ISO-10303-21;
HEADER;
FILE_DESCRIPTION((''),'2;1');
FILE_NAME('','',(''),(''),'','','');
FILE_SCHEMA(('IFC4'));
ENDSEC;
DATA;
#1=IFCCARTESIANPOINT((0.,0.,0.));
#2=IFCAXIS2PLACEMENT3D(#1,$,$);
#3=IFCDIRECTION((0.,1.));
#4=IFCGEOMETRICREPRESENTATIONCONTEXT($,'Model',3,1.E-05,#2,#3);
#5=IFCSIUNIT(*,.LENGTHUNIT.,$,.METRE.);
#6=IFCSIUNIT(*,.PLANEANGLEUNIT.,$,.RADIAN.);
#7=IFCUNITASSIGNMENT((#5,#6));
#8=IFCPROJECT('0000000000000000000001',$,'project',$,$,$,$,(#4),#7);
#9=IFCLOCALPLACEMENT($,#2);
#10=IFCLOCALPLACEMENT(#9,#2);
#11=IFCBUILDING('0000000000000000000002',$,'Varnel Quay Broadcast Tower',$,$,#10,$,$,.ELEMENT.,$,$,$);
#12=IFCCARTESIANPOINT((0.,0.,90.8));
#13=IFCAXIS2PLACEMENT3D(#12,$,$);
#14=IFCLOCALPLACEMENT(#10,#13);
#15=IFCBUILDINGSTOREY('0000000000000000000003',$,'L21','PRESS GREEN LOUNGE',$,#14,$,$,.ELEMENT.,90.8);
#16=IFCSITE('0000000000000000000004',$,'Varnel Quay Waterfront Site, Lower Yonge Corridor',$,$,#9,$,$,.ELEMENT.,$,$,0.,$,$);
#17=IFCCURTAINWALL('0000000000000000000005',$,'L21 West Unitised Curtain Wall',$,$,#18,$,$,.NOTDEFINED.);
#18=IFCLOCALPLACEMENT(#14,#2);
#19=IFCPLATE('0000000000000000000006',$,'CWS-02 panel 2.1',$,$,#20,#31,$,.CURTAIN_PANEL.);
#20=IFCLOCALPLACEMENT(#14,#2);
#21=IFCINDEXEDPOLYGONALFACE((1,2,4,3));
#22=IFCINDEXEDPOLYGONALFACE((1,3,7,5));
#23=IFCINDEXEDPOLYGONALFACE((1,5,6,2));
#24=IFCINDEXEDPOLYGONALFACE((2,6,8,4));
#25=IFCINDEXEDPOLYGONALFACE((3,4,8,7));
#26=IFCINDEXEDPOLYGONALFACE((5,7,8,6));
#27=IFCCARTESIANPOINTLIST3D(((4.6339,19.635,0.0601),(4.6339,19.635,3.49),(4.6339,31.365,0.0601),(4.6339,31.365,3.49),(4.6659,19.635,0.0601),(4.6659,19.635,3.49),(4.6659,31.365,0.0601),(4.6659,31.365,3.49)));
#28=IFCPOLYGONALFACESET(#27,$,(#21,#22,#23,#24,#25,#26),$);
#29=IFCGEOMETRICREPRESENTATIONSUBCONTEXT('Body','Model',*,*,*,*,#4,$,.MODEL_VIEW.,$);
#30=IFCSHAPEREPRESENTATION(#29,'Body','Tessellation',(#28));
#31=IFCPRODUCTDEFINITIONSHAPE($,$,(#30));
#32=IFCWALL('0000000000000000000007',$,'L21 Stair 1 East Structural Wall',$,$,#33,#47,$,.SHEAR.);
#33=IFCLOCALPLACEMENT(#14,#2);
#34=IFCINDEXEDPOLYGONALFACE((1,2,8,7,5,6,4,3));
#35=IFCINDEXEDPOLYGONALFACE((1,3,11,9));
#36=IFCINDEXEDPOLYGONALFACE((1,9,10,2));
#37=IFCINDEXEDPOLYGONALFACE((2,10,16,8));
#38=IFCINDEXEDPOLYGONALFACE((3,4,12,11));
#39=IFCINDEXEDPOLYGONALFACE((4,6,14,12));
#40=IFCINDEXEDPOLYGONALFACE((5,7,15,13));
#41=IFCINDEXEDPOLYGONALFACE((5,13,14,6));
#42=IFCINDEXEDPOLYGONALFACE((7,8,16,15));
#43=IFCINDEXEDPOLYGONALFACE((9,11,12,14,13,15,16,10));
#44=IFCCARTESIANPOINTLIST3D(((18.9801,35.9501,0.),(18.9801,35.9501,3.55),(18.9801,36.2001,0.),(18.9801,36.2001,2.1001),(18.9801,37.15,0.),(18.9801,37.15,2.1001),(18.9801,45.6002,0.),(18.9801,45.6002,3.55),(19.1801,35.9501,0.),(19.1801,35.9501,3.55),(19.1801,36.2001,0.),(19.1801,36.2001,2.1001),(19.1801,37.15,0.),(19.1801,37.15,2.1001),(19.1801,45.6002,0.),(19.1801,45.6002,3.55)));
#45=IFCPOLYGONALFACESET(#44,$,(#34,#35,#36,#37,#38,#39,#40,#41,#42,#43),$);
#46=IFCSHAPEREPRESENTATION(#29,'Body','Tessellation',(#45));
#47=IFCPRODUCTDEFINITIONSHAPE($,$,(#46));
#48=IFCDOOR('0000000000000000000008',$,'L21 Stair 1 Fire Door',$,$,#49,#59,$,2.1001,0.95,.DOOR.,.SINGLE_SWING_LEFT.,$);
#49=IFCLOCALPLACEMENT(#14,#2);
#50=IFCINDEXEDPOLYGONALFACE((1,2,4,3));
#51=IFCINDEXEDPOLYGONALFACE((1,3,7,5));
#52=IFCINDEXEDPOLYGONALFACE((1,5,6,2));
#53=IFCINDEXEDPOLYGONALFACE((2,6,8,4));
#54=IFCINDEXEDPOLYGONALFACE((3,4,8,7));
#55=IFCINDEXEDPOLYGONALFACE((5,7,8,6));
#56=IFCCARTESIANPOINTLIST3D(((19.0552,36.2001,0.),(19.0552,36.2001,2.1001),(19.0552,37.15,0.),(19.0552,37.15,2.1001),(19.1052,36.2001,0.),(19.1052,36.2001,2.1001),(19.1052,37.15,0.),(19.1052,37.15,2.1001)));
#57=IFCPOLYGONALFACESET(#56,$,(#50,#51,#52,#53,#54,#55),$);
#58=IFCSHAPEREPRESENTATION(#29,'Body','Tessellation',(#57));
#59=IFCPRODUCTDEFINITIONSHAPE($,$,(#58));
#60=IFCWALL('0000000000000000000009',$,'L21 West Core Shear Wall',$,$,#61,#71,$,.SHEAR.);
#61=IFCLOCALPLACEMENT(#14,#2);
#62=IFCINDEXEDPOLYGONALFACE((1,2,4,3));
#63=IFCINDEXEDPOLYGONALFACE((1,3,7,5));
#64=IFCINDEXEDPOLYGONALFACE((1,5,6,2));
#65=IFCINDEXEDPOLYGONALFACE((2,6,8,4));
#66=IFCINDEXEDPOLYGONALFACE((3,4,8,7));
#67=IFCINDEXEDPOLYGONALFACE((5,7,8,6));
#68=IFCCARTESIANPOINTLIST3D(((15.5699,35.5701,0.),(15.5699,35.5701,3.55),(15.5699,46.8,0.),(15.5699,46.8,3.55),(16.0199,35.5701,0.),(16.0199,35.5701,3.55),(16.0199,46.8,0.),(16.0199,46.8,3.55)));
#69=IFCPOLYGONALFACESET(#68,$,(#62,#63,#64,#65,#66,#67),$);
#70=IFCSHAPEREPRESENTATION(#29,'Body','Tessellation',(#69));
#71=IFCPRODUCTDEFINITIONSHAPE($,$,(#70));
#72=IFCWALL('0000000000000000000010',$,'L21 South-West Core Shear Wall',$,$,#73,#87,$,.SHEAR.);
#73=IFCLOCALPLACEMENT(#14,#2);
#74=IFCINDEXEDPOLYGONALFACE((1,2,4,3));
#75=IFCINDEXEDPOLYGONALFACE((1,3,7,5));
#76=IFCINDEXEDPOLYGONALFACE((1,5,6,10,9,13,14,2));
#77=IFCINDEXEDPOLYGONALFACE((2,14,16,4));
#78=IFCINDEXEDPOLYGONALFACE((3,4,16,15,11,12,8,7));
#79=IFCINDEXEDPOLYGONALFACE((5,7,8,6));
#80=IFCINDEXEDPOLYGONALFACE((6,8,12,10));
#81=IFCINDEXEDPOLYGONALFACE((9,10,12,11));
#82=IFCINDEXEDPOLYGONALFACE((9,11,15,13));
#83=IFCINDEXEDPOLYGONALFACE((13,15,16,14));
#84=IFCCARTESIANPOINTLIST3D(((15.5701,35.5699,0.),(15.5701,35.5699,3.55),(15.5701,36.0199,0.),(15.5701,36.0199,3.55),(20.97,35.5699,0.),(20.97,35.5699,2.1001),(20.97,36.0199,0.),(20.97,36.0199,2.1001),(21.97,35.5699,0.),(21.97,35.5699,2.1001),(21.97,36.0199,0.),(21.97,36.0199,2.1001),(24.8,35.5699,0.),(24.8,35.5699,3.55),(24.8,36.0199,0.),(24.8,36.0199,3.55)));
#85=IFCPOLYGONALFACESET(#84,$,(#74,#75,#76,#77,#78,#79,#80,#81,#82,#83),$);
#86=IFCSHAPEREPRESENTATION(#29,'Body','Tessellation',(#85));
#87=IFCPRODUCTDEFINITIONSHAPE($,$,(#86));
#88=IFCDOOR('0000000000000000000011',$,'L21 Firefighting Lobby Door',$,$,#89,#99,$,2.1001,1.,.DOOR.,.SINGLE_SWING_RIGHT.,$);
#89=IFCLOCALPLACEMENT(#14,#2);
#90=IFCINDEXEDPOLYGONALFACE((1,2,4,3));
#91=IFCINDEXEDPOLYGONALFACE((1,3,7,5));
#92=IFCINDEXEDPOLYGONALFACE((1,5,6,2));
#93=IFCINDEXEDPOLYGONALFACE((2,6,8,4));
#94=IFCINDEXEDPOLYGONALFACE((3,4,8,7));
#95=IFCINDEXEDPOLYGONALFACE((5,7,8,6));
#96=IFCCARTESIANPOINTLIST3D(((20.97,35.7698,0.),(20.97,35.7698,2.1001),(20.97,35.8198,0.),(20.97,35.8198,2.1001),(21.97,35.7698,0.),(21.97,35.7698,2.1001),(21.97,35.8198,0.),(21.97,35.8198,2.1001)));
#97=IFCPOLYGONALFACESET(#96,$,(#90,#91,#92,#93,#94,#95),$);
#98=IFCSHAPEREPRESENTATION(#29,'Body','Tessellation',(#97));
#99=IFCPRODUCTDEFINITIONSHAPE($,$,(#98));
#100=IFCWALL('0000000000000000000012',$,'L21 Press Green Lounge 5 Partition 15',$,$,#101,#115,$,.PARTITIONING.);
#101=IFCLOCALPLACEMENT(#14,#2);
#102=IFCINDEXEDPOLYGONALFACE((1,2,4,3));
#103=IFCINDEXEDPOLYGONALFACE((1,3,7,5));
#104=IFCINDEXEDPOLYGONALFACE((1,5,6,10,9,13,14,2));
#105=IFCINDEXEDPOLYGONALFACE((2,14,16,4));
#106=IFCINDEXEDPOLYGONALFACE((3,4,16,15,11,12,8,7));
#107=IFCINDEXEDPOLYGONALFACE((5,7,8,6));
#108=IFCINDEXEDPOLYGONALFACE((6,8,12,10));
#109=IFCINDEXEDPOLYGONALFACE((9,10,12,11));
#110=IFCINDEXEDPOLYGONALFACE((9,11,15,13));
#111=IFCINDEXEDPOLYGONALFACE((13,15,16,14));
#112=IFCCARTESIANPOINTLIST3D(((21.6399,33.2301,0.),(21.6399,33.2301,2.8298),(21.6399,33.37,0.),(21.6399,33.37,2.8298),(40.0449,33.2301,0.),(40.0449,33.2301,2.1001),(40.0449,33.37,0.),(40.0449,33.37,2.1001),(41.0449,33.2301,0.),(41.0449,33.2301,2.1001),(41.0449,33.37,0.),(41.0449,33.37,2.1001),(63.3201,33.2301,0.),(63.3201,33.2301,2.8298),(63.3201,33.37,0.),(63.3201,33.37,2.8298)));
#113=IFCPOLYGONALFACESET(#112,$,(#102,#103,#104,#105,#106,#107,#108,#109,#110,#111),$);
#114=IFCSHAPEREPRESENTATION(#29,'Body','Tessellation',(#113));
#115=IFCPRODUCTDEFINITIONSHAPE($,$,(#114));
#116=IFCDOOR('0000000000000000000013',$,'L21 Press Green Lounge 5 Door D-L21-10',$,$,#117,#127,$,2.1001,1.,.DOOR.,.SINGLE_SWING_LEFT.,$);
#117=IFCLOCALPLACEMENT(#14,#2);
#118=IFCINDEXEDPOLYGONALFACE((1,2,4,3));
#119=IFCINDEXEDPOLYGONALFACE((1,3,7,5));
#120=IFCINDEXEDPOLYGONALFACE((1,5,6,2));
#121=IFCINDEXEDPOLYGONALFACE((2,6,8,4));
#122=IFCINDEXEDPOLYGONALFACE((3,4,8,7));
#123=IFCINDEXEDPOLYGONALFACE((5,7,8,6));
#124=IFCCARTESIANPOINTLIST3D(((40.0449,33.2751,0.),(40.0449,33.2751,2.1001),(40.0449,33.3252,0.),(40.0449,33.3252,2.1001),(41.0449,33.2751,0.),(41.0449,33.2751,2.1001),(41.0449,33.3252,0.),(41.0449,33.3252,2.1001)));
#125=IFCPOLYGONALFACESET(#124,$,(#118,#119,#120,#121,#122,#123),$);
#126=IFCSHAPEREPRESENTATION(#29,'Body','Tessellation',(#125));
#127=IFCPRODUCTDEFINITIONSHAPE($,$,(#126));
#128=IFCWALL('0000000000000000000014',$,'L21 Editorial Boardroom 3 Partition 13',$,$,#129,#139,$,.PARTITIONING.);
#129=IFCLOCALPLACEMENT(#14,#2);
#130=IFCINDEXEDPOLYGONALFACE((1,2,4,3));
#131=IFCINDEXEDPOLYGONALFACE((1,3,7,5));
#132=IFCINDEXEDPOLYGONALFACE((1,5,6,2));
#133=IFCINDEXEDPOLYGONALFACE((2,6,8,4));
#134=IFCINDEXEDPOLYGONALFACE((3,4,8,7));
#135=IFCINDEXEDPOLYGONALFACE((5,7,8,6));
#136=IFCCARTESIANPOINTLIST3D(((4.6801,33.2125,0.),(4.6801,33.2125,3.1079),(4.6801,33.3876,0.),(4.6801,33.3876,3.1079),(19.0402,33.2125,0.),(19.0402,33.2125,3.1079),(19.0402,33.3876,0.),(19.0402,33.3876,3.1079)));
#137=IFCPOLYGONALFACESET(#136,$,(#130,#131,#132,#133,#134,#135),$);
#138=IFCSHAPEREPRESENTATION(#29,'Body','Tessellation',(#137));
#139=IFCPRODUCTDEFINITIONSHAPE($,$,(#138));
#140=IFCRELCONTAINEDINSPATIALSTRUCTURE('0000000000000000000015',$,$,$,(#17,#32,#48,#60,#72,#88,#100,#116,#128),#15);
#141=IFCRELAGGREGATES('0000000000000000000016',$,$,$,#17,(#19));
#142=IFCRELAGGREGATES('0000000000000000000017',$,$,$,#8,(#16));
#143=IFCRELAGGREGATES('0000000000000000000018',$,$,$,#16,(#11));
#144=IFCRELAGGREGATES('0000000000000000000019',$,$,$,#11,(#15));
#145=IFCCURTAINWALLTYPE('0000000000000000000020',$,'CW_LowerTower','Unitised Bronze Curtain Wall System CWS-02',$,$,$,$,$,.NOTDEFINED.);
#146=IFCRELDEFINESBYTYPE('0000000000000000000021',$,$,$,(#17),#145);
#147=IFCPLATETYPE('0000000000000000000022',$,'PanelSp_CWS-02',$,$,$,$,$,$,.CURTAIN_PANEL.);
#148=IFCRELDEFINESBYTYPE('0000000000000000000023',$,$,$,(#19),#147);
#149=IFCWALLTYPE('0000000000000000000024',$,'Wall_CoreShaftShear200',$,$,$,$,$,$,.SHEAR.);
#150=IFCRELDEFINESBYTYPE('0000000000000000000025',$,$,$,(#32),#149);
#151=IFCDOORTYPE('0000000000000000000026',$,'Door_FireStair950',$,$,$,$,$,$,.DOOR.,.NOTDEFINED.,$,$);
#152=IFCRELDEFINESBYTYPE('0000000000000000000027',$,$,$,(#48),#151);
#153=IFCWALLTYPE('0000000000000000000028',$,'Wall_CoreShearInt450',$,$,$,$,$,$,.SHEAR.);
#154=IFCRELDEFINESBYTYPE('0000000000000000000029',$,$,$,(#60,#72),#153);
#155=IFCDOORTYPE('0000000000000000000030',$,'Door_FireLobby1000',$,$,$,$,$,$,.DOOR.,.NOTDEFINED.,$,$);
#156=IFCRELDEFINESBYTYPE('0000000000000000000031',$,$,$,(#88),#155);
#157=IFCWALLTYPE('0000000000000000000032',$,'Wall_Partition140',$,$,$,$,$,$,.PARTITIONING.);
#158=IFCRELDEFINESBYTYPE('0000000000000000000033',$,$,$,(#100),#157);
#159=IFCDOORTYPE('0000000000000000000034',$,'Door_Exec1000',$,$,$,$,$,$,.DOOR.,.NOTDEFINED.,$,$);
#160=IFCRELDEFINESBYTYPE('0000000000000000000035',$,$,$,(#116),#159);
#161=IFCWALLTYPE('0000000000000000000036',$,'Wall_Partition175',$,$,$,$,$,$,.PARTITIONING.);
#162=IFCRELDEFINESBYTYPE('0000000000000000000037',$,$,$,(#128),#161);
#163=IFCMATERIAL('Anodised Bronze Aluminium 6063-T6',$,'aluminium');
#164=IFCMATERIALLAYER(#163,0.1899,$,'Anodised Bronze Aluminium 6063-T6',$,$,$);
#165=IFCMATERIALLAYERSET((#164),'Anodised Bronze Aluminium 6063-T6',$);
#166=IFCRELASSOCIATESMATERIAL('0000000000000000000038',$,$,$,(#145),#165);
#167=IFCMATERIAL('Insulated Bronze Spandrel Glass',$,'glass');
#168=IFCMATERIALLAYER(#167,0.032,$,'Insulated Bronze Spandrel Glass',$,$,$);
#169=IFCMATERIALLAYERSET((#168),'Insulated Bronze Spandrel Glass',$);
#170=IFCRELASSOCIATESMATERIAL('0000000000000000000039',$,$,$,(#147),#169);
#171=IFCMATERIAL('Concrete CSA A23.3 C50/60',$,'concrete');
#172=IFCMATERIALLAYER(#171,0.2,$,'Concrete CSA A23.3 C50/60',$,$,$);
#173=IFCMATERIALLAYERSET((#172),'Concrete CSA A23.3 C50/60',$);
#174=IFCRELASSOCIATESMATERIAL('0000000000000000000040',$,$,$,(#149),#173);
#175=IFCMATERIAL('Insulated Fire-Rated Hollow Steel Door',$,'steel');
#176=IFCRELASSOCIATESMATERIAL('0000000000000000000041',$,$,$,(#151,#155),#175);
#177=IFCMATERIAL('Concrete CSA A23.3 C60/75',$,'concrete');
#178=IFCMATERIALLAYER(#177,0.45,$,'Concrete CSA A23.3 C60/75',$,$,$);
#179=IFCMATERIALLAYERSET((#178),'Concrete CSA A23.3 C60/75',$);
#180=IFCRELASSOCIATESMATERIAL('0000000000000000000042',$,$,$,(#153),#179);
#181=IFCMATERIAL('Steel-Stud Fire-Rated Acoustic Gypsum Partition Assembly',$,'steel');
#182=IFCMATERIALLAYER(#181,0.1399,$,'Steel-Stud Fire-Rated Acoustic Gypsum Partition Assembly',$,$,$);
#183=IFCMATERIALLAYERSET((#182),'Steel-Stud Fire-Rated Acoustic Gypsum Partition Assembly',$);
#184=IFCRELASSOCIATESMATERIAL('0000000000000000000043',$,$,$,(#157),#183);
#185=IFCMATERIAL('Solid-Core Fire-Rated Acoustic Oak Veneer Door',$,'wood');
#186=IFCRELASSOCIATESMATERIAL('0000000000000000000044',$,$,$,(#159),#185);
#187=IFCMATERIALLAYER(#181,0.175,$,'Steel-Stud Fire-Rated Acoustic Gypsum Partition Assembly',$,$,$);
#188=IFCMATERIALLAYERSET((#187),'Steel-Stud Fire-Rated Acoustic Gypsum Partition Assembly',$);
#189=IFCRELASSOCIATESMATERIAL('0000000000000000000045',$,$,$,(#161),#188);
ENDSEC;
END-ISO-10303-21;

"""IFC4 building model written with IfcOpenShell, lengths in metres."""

from ifc_helpers import new_model, si_unit, direction, frame, frame_2d, origin, origin_2d, place, context, subcontext, project, spatial, rectangle, extrude, source, transform, mapped, material, layer, layer_set, type_object, type_shapes, element, fill, aggregate, save


model = new_model("IFC4")

# Units and contexts
model_context = context("Model", 3, precision=1e-05, world=origin(), true_north=direction((0.0, 1.0)))
body_context = subcontext(model_context, "Body", "Model", "MODEL_VIEW")
ifc_project = project(units=[si_unit("LENGTHUNIT", "METRE"), si_unit("PLANEANGLEUNIT", "RADIAN")], contexts=[model_context])

# Site, building, storey
site_placement = place(None, origin())
site = spatial("IfcSite", under=ifc_project, at=site_placement, Name="Varnel Quay Waterfront Site, Lower Yonge Corridor", CompositionType="ELEMENT", RefElevation=0.0)
building_placement = place(site_placement, origin())
building = spatial("IfcBuilding", under=site, at=building_placement, Name="Varnel Quay Broadcast Tower", CompositionType="ELEMENT")
storey_placement = place(building_placement, frame((0.0, 0.0, 90.8)))
storey = spatial("IfcBuildingStorey", under=building, at=storey_placement, Name="L21", Description="PRESS GREEN LOUNGE", CompositionType="ELEMENT", Elevation=90.8)

# Shared definitions
ifc_material_1 = material(Name="Concrete CSA A23.3 C50/60", Category="concrete")

# Shared definitions
ifc_material_2 = material(Name="Concrete CSA A23.3 C60/75", Category="concrete")

# Curtain wall
ifc_material_3 = material(Name="Anodised Bronze Aluminium 6063-T6", Category="aluminium")
ifc_layer_1 = layer(ifc_material_3, 0.1899, Name="Anodised Bronze Aluminium 6063-T6")
ifc_layer_set_1 = layer_set([ifc_layer_1], Name="Anodised Bronze Aluminium 6063-T6")
curtain_wall_type = type_object("IfcCurtainWallType", Name="CW_LowerTower", Description="Unitised Bronze Curtain Wall System CWS-02", PredefinedType="NOTDEFINED", material=ifc_layer_set_1)
curtain_wall_placement = place(storey_placement, origin())
curtain_wall = element("IfcCurtainWall", 1, at=curtain_wall_placement, inside=storey, type_object=curtain_wall_type, Name="L21 West Unitised Curtain Wall", PredefinedType="NOTDEFINED")

# Plate
ifc_material_4 = material(Name="Insulated Bronze Spandrel Glass", Category="glass")
ifc_layer_2 = layer(ifc_material_4, 0.032, Name="Insulated Bronze Spandrel Glass")
ifc_layer_set_2 = layer_set([ifc_layer_2], Name="Insulated Bronze Spandrel Glass")
plate_type_1 = type_object("IfcPlateType", Name="PanelSp_CWS-02", PredefinedType="CURTAIN_PANEL", material=ifc_layer_set_2)
shared_shape_1 = source(origin(), body_context, "Body", "SweptSolid", [
    extrude(rectangle(XDim=11.73, YDim=0.032, at=origin_2d()), origin(), (0.0, 0.0, 1.0), 3.4299),
])
type_shapes(plate_type_1, [shared_shape_1])
plate_placement = place(storey_placement, frame((4.6499, 25.5, 0.0601), z_axis=(0.0, 0.0, 1.0), x_axis=(0.0, 1.0, 0.0)))
plate = element("IfcPlate", 2, at=plate_placement, type_object=plate_type_1, Name="CWS-02 panel 2.1", PredefinedType="CURTAIN_PANEL", context=body_context, shape_type="MappedRepresentation", body=[
    mapped(shared_shape_1, transform((0.0, 0.0, 0.0), x_axis=(1.0, 0.0, 0.0), y_axis=(0.0, 1.0, 0.0), z_axis=(0.0, 0.0, 1.0), scale=1.0)),
])
aggregate(curtain_wall, [plate])

# Wall, opening, door
ifc_layer_3 = layer(ifc_material_1, 0.2, Name="Concrete CSA A23.3 C50/60")
ifc_layer_set_3 = layer_set([ifc_layer_3], Name="Concrete CSA A23.3 C50/60")
wall_type_1 = type_object("IfcWallType", Name="Wall_CoreShaftShear200", PredefinedType="SHEAR", material=ifc_layer_set_3)
wall_1_placement = place(storey_placement, frame((19.0801, 35.95, 0.0), z_axis=(0.0, 0.0, 1.0), x_axis=(0.0, 1.0, 0.0)))
wall_1 = element("IfcWall", 3, at=wall_1_placement, inside=storey, type_object=wall_type_1, Name="L21 Stair 1 East Structural Wall", PredefinedType="SHEAR", context=body_context, shape_type="SweptSolid", body=[
    extrude(rectangle(XDim=9.6501, YDim=0.2, at=frame_2d((4.8252, 0.0))), origin(), (0.0, 0.0, 1.0), 3.55),
])
opening_1_placement = place(wall_1_placement, frame((0.25, 0.0, 0.0)))
opening_1 = element("IfcOpeningElement", 4, at=opening_1_placement, cuts=wall_1, PredefinedType="OPENING", context=body_context, shape_type="SweptSolid", body=[
    extrude(rectangle(XDim=0.95, YDim=2.1001, at=frame_2d((0.4751, 1.05))), frame((0.0, 0.1099, 0.0), z_axis=(0.0, -1.0, 0.0), x_axis=(1.0, 0.0, 0.0)), (0.0, 0.0, 1.0), 0.22),
])
ifc_material_5 = material(Name="Insulated Fire-Rated Hollow Steel Door", Category="steel")
door_type_1 = type_object("IfcDoorType", Name="Door_FireStair950", OperationType="NOTDEFINED", PredefinedType="DOOR", material=ifc_material_5)
shared_shape_2 = source(origin(), body_context, "Body", "SweptSolid", [
    extrude(rectangle(XDim=0.95, YDim=2.1001, at=frame_2d((0.4751, 1.05))), frame((0.0, 0.0249, 0.0), z_axis=(0.0, -1.0, 0.0), x_axis=(1.0, 0.0, 0.0)), (0.0, 0.0, 1.0), 0.05),
])
type_shapes(door_type_1, [shared_shape_2])
door_1_placement = place(opening_1_placement, origin())
door_1 = element("IfcDoor", 5, at=door_1_placement, inside=storey, type_object=door_type_1, Name="L21 Stair 1 Fire Door", OperationType="SINGLE_SWING_LEFT", OverallHeight=2.1001, OverallWidth=0.95, PredefinedType="DOOR", context=body_context, shape_type="MappedRepresentation", body=[
    mapped(shared_shape_2, transform((0.0, 0.0, 0.0), x_axis=(1.0, 0.0, 0.0), y_axis=(0.0, 1.0, 0.0), z_axis=(0.0, 0.0, 1.0), scale=1.0)),
])
fill(opening_1, door_1)

# Wall
ifc_layer_4 = layer(ifc_material_2, 0.45, Name="Concrete CSA A23.3 C60/75")
ifc_layer_set_4 = layer_set([ifc_layer_4], Name="Concrete CSA A23.3 C60/75")
wall_type_2 = type_object("IfcWallType", Name="Wall_CoreShearInt450", PredefinedType="SHEAR", material=ifc_layer_set_4)
wall_2_placement = place(storey_placement, frame((15.7949, 35.5701, 0.0), z_axis=(0.0, 0.0, 1.0), x_axis=(0.0, 1.0, 0.0)))
element("IfcWall", 6, at=wall_2_placement, inside=storey, type_object=wall_type_2, Name="L21 West Core Shear Wall", PredefinedType="SHEAR", context=body_context, shape_type="SweptSolid", body=[
    extrude(rectangle(XDim=11.23, YDim=0.45, at=frame_2d((5.615, 0.0))), origin(), (0.0, 0.0, 1.0), 3.55),
])

# Walls, openings, doors
wall_3_placement = place(storey_placement, frame((15.5701, 35.7949, 0.0), z_axis=(0.0, 0.0, 1.0), x_axis=(1.0, 0.0, 0.0)))
wall_3 = element("IfcWall", 7, at=wall_3_placement, inside=storey, type_object=wall_type_2, Name="L21 South-West Core Shear Wall", PredefinedType="SHEAR", context=body_context, shape_type="SweptSolid", body=[
    extrude(rectangle(XDim=9.23, YDim=0.45, at=frame_2d((4.615, 0.0))), origin(), (0.0, 0.0, 1.0), 3.55),
])
opening_2_placement = place(wall_3_placement, frame((5.3999, 0.0, 0.0)))
opening_2 = element("IfcOpeningElement", 8, at=opening_2_placement, cuts=wall_3, PredefinedType="OPENING", context=body_context, shape_type="SweptSolid", body=[
    extrude(rectangle(XDim=1.0, YDim=2.1001, at=frame_2d((0.5, 1.05))), frame((0.0, 0.2349, 0.0), z_axis=(0.0, -1.0, 0.0), x_axis=(1.0, 0.0, 0.0)), (0.0, 0.0, 1.0), 0.47),
])
door_type_2 = type_object("IfcDoorType", Name="Door_FireLobby1000", OperationType="NOTDEFINED", PredefinedType="DOOR", material=ifc_material_5)
shared_shape_3 = source(origin(), body_context, "Body", "SweptSolid", [
    extrude(rectangle(XDim=1.0, YDim=2.1001, at=frame_2d((0.5, 1.05))), frame((0.0, 0.0249, 0.0), z_axis=(0.0, -1.0, 0.0), x_axis=(1.0, 0.0, 0.0)), (0.0, 0.0, 1.0), 0.05),
])
type_shapes(door_type_2, [shared_shape_3])
door_2_placement = place(opening_2_placement, origin())
door_2 = element("IfcDoor", 9, at=door_2_placement, inside=storey, type_object=door_type_2, Name="L21 Firefighting Lobby Door", OperationType="SINGLE_SWING_RIGHT", OverallHeight=2.1001, OverallWidth=1.0, PredefinedType="DOOR", context=body_context, shape_type="MappedRepresentation", body=[
    mapped(shared_shape_3, transform((0.0, 0.0, 0.0), x_axis=(1.0, 0.0, 0.0), y_axis=(0.0, 1.0, 0.0), z_axis=(0.0, 0.0, 1.0), scale=1.0)),
])
fill(opening_2, door_2)
ifc_material_6 = material(Name="Steel-Stud Fire-Rated Acoustic Gypsum Partition Assembly", Category="steel")
ifc_layer_5 = layer(ifc_material_6, 0.1399, Name="Steel-Stud Fire-Rated Acoustic Gypsum Partition Assembly")
ifc_layer_set_5 = layer_set([ifc_layer_5], Name="Steel-Stud Fire-Rated Acoustic Gypsum Partition Assembly")
wall_type_3 = type_object("IfcWallType", Name="Wall_Partition140", PredefinedType="PARTITIONING", material=ifc_layer_set_5)
wall_4_placement = place(storey_placement, frame((21.6399, 33.3, 0.0), z_axis=(0.0, 0.0, 1.0), x_axis=(1.0, 0.0, 0.0)))
wall_4 = element("IfcWall", 10, at=wall_4_placement, inside=storey, type_object=wall_type_3, Name="L21 Press Green Lounge 5 Partition 15", PredefinedType="PARTITIONING", context=body_context, shape_type="SweptSolid", body=[
    extrude(rectangle(XDim=41.6802, YDim=0.1399, at=frame_2d((20.8401, 0.0))), origin(), (0.0, 0.0, 1.0), 2.8298),
])
opening_3_placement = place(wall_4_placement, frame((18.405, 0.0, 0.0)))
opening_3 = element("IfcOpeningElement", 11, at=opening_3_placement, cuts=wall_4, PredefinedType="OPENING", context=body_context, shape_type="SweptSolid", body=[
    extrude(rectangle(XDim=1.0, YDim=2.1001, at=frame_2d((0.5, 1.05))), frame((0.0, 0.0801, 0.0), z_axis=(0.0, -1.0, 0.0), x_axis=(1.0, 0.0, 0.0)), (0.0, 0.0, 1.0), 0.1599),
])
ifc_material_7 = material(Name="Solid-Core Fire-Rated Acoustic Oak Veneer Door", Category="wood")
door_type_3 = type_object("IfcDoorType", Name="Door_Exec1000", OperationType="NOTDEFINED", PredefinedType="DOOR", material=ifc_material_7)
shared_shape_4 = source(origin(), body_context, "Body", "SweptSolid", [
    extrude(rectangle(XDim=1.0, YDim=2.1001, at=frame_2d((0.5, 1.05))), frame((0.0, 0.0249, 0.0), z_axis=(0.0, -1.0, 0.0), x_axis=(1.0, 0.0, 0.0)), (0.0, 0.0, 1.0), 0.05),
])
type_shapes(door_type_3, [shared_shape_4])
door_3_placement = place(opening_3_placement, frame((1.0, 0.0, 0.0), z_axis=(0.0, 0.0, 1.0), x_axis=(-1.0, 0.0, 0.0)))
door_3 = element("IfcDoor", 12, at=door_3_placement, inside=storey, type_object=door_type_3, Name="L21 Press Green Lounge 5 Door D-L21-10", OperationType="SINGLE_SWING_LEFT", OverallHeight=2.1001, OverallWidth=1.0, PredefinedType="DOOR", context=body_context, shape_type="MappedRepresentation", body=[
    mapped(shared_shape_4, transform((0.0, 0.0, 0.0), x_axis=(1.0, 0.0, 0.0), y_axis=(0.0, 1.0, 0.0), z_axis=(0.0, 0.0, 1.0), scale=1.0)),
])
fill(opening_3, door_3)

# Wall
ifc_layer_6 = layer(ifc_material_6, 0.175, Name="Steel-Stud Fire-Rated Acoustic Gypsum Partition Assembly")
ifc_layer_set_6 = layer_set([ifc_layer_6], Name="Steel-Stud Fire-Rated Acoustic Gypsum Partition Assembly")
wall_type_4 = type_object("IfcWallType", Name="Wall_Partition175", PredefinedType="PARTITIONING", material=ifc_layer_set_6)
wall_5_placement = place(storey_placement, frame((4.6799, 33.3, 0.0), z_axis=(0.0, 0.0, 1.0), x_axis=(1.0, 0.0, 0.0)))
element("IfcWall", 13, at=wall_5_placement, inside=storey, type_object=wall_type_4, Name="L21 Editorial Boardroom 3 Partition 13", PredefinedType="PARTITIONING", context=body_context, shape_type="SweptSolid", body=[
    extrude(rectangle(XDim=14.3601, YDim=0.175, at=frame_2d((7.1802, 0.0))), origin(), (0.0, 0.0, 1.0), 3.1079),
])

save(model, "model.ifc")
